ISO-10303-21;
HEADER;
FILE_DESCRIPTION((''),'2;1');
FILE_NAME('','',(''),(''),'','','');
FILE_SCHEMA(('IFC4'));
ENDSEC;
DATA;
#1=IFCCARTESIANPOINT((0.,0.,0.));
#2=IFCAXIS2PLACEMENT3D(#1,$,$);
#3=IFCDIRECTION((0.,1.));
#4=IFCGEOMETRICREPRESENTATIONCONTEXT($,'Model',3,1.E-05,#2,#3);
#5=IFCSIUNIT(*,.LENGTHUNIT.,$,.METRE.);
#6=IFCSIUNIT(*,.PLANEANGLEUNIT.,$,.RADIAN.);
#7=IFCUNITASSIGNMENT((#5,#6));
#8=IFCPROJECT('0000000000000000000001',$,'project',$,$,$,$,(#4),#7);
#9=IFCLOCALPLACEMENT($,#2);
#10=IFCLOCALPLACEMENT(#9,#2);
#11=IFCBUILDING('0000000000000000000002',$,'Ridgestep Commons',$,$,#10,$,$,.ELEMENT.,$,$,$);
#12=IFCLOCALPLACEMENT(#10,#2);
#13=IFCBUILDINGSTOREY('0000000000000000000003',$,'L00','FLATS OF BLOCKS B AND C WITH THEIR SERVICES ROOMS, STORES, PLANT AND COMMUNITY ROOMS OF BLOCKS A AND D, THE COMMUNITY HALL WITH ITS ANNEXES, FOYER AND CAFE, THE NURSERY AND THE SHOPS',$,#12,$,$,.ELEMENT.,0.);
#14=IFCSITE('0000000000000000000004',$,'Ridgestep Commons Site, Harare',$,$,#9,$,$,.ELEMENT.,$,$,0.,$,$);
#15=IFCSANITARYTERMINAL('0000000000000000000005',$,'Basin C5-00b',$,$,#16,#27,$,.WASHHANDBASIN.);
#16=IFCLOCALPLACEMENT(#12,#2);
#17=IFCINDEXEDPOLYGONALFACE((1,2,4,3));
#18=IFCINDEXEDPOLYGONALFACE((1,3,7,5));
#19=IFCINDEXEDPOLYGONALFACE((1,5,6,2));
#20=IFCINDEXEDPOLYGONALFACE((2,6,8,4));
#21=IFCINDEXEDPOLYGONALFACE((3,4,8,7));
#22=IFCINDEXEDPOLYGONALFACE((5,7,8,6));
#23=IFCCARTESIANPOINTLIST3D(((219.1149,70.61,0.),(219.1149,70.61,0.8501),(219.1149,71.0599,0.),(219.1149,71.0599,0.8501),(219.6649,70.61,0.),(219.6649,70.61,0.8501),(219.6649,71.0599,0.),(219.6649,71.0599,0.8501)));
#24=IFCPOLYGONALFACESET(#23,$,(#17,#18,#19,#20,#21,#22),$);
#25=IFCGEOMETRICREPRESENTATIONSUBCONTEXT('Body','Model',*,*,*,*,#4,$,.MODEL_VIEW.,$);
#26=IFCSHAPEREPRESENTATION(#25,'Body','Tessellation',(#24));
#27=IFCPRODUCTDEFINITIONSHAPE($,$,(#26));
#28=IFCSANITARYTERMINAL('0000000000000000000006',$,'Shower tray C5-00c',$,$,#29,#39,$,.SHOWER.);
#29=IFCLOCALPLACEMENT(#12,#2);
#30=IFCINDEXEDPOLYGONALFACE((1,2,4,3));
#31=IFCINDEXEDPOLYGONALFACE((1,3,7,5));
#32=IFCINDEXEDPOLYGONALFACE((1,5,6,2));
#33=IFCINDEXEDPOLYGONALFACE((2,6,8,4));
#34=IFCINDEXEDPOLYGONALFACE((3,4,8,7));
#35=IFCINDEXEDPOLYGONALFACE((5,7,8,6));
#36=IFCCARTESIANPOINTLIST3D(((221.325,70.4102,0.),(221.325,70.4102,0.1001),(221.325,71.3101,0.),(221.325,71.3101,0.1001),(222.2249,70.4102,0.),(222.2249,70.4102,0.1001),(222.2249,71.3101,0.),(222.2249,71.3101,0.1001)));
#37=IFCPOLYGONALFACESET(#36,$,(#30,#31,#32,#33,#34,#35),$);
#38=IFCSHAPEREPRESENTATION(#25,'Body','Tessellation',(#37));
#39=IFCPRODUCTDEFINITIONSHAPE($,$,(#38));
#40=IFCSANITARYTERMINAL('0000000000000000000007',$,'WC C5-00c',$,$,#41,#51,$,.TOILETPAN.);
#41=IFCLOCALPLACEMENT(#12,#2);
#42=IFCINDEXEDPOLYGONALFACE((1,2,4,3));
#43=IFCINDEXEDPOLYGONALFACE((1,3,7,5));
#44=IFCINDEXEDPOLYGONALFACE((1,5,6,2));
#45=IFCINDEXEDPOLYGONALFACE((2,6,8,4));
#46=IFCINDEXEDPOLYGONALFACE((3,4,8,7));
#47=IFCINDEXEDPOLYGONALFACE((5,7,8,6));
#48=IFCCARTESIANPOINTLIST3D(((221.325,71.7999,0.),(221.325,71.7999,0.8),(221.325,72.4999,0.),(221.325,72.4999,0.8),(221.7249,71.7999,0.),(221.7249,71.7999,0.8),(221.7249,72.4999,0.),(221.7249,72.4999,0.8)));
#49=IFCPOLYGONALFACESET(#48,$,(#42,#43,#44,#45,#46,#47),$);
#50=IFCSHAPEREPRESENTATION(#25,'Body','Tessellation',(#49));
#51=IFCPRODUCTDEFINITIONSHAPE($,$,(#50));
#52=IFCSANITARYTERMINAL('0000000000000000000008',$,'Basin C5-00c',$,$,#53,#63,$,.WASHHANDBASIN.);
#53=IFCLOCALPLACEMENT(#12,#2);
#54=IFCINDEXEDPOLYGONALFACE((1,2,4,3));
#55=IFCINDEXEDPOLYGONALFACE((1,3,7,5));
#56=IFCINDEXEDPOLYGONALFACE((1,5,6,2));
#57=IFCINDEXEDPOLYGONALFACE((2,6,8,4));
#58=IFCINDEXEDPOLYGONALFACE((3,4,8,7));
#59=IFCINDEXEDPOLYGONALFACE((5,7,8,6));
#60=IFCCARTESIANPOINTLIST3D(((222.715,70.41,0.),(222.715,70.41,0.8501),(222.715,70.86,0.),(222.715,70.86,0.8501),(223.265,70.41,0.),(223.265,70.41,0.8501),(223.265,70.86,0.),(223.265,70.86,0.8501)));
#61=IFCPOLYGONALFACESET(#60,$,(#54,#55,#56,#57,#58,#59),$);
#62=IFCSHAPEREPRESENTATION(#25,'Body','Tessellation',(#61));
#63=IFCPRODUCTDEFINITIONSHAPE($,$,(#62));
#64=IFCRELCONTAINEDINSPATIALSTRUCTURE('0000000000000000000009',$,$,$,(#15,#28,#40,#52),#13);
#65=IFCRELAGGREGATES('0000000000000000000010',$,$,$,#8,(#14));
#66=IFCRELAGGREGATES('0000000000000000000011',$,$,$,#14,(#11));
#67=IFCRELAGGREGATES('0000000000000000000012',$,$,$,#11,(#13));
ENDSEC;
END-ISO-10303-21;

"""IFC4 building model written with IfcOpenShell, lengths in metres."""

from ifc_helpers import new_model, si_unit, direction, frame, origin, origin_2d, place, context, subcontext, project, spatial, rectangle, extrude, element, save


model = new_model("IFC4")

# Units and contexts
model_context = context("Model", 3, precision=1e-05, world=origin(), true_north=direction((0.0, 1.0)))
body_context = subcontext(model_context, "Body", "Model", "MODEL_VIEW")
ifc_project = project(units=[si_unit("LENGTHUNIT", "METRE"), si_unit("PLANEANGLEUNIT", "RADIAN")], contexts=[model_context])

# Site, building, storey
site_placement = place(None, origin())
site = spatial("IfcSite", under=ifc_project, at=site_placement, Name="Ridgestep Commons Site, Harare", CompositionType="ELEMENT", RefElevation=0.0)
building_placement = place(site_placement, origin())
building = spatial("IfcBuilding", under=site, at=building_placement, Name="Ridgestep Commons", CompositionType="ELEMENT")
storey_placement = place(building_placement, origin())
storey = spatial("IfcBuildingStorey", under=building, at=storey_placement, Name="L00", Description="FLATS OF BLOCKS B AND C WITH THEIR SERVICES ROOMS, STORES, PLANT AND COMMUNITY ROOMS OF BLOCKS A AND D, THE COMMUNITY HALL WITH ITS ANNEXES, FOYER AND CAFE, THE NURSERY AND THE SHOPS", CompositionType="ELEMENT", Elevation=0.0)

# Sanitary terminals
sanitary_terminal_1_placement = place(storey_placement, frame((219.3899, 70.835, 0.0), z_axis=(0.0, 0.0, 1.0), x_axis=(1.0, 0.0, 0.0)))
element("IfcSanitaryTerminal", 1, at=sanitary_terminal_1_placement, inside=storey, Name="Basin C5-00b", PredefinedType="WASHHANDBASIN", context=body_context, shape_type="SweptSolid", body=[
    extrude(rectangle(XDim=0.55, YDim=0.45, at=origin_2d()), origin(), (0.0, 0.0, 1.0), 0.8501),
])
sanitary_terminal_2_placement = place(storey_placement, frame((221.7749, 70.8601, 0.0), z_axis=(0.0, 0.0, 1.0), x_axis=(1.0, 0.0, 0.0)))
element("IfcSanitaryTerminal", 2, at=sanitary_terminal_2_placement, inside=storey, Name="Shower tray C5-00c", PredefinedType="SHOWER", context=body_context, shape_type="SweptSolid", body=[
    extrude(rectangle(XDim=0.8999, YDim=0.8999, at=origin_2d()), origin(), (0.0, 0.0, 1.0), 0.1001),
])
sanitary_terminal_3_placement = place(storey_placement, frame((221.5249, 72.1499, 0.0), z_axis=(0.0, 0.0, 1.0), x_axis=(1.0, 0.0, 0.0)))
element("IfcSanitaryTerminal", 3, at=sanitary_terminal_3_placement, inside=storey, Name="WC C5-00c", PredefinedType="TOILETPAN", context=body_context, shape_type="SweptSolid", body=[
    extrude(rectangle(XDim=0.3999, YDim=0.7, at=origin_2d()), origin(), (0.0, 0.0, 1.0), 0.8),
])
sanitary_terminal_4_placement = place(storey_placement, frame((222.99, 70.635, 0.0), z_axis=(0.0, 0.0, 1.0), x_axis=(1.0, 0.0, 0.0)))
element("IfcSanitaryTerminal", 4, at=sanitary_terminal_4_placement, inside=storey, Name="Basin C5-00c", PredefinedType="WASHHANDBASIN", context=body_context, shape_type="SweptSolid", body=[
    extrude(rectangle(XDim=0.55, YDim=0.45, at=origin_2d()), origin(), (0.0, 0.0, 1.0), 0.8501),
])

save(model, "model.ifc")
